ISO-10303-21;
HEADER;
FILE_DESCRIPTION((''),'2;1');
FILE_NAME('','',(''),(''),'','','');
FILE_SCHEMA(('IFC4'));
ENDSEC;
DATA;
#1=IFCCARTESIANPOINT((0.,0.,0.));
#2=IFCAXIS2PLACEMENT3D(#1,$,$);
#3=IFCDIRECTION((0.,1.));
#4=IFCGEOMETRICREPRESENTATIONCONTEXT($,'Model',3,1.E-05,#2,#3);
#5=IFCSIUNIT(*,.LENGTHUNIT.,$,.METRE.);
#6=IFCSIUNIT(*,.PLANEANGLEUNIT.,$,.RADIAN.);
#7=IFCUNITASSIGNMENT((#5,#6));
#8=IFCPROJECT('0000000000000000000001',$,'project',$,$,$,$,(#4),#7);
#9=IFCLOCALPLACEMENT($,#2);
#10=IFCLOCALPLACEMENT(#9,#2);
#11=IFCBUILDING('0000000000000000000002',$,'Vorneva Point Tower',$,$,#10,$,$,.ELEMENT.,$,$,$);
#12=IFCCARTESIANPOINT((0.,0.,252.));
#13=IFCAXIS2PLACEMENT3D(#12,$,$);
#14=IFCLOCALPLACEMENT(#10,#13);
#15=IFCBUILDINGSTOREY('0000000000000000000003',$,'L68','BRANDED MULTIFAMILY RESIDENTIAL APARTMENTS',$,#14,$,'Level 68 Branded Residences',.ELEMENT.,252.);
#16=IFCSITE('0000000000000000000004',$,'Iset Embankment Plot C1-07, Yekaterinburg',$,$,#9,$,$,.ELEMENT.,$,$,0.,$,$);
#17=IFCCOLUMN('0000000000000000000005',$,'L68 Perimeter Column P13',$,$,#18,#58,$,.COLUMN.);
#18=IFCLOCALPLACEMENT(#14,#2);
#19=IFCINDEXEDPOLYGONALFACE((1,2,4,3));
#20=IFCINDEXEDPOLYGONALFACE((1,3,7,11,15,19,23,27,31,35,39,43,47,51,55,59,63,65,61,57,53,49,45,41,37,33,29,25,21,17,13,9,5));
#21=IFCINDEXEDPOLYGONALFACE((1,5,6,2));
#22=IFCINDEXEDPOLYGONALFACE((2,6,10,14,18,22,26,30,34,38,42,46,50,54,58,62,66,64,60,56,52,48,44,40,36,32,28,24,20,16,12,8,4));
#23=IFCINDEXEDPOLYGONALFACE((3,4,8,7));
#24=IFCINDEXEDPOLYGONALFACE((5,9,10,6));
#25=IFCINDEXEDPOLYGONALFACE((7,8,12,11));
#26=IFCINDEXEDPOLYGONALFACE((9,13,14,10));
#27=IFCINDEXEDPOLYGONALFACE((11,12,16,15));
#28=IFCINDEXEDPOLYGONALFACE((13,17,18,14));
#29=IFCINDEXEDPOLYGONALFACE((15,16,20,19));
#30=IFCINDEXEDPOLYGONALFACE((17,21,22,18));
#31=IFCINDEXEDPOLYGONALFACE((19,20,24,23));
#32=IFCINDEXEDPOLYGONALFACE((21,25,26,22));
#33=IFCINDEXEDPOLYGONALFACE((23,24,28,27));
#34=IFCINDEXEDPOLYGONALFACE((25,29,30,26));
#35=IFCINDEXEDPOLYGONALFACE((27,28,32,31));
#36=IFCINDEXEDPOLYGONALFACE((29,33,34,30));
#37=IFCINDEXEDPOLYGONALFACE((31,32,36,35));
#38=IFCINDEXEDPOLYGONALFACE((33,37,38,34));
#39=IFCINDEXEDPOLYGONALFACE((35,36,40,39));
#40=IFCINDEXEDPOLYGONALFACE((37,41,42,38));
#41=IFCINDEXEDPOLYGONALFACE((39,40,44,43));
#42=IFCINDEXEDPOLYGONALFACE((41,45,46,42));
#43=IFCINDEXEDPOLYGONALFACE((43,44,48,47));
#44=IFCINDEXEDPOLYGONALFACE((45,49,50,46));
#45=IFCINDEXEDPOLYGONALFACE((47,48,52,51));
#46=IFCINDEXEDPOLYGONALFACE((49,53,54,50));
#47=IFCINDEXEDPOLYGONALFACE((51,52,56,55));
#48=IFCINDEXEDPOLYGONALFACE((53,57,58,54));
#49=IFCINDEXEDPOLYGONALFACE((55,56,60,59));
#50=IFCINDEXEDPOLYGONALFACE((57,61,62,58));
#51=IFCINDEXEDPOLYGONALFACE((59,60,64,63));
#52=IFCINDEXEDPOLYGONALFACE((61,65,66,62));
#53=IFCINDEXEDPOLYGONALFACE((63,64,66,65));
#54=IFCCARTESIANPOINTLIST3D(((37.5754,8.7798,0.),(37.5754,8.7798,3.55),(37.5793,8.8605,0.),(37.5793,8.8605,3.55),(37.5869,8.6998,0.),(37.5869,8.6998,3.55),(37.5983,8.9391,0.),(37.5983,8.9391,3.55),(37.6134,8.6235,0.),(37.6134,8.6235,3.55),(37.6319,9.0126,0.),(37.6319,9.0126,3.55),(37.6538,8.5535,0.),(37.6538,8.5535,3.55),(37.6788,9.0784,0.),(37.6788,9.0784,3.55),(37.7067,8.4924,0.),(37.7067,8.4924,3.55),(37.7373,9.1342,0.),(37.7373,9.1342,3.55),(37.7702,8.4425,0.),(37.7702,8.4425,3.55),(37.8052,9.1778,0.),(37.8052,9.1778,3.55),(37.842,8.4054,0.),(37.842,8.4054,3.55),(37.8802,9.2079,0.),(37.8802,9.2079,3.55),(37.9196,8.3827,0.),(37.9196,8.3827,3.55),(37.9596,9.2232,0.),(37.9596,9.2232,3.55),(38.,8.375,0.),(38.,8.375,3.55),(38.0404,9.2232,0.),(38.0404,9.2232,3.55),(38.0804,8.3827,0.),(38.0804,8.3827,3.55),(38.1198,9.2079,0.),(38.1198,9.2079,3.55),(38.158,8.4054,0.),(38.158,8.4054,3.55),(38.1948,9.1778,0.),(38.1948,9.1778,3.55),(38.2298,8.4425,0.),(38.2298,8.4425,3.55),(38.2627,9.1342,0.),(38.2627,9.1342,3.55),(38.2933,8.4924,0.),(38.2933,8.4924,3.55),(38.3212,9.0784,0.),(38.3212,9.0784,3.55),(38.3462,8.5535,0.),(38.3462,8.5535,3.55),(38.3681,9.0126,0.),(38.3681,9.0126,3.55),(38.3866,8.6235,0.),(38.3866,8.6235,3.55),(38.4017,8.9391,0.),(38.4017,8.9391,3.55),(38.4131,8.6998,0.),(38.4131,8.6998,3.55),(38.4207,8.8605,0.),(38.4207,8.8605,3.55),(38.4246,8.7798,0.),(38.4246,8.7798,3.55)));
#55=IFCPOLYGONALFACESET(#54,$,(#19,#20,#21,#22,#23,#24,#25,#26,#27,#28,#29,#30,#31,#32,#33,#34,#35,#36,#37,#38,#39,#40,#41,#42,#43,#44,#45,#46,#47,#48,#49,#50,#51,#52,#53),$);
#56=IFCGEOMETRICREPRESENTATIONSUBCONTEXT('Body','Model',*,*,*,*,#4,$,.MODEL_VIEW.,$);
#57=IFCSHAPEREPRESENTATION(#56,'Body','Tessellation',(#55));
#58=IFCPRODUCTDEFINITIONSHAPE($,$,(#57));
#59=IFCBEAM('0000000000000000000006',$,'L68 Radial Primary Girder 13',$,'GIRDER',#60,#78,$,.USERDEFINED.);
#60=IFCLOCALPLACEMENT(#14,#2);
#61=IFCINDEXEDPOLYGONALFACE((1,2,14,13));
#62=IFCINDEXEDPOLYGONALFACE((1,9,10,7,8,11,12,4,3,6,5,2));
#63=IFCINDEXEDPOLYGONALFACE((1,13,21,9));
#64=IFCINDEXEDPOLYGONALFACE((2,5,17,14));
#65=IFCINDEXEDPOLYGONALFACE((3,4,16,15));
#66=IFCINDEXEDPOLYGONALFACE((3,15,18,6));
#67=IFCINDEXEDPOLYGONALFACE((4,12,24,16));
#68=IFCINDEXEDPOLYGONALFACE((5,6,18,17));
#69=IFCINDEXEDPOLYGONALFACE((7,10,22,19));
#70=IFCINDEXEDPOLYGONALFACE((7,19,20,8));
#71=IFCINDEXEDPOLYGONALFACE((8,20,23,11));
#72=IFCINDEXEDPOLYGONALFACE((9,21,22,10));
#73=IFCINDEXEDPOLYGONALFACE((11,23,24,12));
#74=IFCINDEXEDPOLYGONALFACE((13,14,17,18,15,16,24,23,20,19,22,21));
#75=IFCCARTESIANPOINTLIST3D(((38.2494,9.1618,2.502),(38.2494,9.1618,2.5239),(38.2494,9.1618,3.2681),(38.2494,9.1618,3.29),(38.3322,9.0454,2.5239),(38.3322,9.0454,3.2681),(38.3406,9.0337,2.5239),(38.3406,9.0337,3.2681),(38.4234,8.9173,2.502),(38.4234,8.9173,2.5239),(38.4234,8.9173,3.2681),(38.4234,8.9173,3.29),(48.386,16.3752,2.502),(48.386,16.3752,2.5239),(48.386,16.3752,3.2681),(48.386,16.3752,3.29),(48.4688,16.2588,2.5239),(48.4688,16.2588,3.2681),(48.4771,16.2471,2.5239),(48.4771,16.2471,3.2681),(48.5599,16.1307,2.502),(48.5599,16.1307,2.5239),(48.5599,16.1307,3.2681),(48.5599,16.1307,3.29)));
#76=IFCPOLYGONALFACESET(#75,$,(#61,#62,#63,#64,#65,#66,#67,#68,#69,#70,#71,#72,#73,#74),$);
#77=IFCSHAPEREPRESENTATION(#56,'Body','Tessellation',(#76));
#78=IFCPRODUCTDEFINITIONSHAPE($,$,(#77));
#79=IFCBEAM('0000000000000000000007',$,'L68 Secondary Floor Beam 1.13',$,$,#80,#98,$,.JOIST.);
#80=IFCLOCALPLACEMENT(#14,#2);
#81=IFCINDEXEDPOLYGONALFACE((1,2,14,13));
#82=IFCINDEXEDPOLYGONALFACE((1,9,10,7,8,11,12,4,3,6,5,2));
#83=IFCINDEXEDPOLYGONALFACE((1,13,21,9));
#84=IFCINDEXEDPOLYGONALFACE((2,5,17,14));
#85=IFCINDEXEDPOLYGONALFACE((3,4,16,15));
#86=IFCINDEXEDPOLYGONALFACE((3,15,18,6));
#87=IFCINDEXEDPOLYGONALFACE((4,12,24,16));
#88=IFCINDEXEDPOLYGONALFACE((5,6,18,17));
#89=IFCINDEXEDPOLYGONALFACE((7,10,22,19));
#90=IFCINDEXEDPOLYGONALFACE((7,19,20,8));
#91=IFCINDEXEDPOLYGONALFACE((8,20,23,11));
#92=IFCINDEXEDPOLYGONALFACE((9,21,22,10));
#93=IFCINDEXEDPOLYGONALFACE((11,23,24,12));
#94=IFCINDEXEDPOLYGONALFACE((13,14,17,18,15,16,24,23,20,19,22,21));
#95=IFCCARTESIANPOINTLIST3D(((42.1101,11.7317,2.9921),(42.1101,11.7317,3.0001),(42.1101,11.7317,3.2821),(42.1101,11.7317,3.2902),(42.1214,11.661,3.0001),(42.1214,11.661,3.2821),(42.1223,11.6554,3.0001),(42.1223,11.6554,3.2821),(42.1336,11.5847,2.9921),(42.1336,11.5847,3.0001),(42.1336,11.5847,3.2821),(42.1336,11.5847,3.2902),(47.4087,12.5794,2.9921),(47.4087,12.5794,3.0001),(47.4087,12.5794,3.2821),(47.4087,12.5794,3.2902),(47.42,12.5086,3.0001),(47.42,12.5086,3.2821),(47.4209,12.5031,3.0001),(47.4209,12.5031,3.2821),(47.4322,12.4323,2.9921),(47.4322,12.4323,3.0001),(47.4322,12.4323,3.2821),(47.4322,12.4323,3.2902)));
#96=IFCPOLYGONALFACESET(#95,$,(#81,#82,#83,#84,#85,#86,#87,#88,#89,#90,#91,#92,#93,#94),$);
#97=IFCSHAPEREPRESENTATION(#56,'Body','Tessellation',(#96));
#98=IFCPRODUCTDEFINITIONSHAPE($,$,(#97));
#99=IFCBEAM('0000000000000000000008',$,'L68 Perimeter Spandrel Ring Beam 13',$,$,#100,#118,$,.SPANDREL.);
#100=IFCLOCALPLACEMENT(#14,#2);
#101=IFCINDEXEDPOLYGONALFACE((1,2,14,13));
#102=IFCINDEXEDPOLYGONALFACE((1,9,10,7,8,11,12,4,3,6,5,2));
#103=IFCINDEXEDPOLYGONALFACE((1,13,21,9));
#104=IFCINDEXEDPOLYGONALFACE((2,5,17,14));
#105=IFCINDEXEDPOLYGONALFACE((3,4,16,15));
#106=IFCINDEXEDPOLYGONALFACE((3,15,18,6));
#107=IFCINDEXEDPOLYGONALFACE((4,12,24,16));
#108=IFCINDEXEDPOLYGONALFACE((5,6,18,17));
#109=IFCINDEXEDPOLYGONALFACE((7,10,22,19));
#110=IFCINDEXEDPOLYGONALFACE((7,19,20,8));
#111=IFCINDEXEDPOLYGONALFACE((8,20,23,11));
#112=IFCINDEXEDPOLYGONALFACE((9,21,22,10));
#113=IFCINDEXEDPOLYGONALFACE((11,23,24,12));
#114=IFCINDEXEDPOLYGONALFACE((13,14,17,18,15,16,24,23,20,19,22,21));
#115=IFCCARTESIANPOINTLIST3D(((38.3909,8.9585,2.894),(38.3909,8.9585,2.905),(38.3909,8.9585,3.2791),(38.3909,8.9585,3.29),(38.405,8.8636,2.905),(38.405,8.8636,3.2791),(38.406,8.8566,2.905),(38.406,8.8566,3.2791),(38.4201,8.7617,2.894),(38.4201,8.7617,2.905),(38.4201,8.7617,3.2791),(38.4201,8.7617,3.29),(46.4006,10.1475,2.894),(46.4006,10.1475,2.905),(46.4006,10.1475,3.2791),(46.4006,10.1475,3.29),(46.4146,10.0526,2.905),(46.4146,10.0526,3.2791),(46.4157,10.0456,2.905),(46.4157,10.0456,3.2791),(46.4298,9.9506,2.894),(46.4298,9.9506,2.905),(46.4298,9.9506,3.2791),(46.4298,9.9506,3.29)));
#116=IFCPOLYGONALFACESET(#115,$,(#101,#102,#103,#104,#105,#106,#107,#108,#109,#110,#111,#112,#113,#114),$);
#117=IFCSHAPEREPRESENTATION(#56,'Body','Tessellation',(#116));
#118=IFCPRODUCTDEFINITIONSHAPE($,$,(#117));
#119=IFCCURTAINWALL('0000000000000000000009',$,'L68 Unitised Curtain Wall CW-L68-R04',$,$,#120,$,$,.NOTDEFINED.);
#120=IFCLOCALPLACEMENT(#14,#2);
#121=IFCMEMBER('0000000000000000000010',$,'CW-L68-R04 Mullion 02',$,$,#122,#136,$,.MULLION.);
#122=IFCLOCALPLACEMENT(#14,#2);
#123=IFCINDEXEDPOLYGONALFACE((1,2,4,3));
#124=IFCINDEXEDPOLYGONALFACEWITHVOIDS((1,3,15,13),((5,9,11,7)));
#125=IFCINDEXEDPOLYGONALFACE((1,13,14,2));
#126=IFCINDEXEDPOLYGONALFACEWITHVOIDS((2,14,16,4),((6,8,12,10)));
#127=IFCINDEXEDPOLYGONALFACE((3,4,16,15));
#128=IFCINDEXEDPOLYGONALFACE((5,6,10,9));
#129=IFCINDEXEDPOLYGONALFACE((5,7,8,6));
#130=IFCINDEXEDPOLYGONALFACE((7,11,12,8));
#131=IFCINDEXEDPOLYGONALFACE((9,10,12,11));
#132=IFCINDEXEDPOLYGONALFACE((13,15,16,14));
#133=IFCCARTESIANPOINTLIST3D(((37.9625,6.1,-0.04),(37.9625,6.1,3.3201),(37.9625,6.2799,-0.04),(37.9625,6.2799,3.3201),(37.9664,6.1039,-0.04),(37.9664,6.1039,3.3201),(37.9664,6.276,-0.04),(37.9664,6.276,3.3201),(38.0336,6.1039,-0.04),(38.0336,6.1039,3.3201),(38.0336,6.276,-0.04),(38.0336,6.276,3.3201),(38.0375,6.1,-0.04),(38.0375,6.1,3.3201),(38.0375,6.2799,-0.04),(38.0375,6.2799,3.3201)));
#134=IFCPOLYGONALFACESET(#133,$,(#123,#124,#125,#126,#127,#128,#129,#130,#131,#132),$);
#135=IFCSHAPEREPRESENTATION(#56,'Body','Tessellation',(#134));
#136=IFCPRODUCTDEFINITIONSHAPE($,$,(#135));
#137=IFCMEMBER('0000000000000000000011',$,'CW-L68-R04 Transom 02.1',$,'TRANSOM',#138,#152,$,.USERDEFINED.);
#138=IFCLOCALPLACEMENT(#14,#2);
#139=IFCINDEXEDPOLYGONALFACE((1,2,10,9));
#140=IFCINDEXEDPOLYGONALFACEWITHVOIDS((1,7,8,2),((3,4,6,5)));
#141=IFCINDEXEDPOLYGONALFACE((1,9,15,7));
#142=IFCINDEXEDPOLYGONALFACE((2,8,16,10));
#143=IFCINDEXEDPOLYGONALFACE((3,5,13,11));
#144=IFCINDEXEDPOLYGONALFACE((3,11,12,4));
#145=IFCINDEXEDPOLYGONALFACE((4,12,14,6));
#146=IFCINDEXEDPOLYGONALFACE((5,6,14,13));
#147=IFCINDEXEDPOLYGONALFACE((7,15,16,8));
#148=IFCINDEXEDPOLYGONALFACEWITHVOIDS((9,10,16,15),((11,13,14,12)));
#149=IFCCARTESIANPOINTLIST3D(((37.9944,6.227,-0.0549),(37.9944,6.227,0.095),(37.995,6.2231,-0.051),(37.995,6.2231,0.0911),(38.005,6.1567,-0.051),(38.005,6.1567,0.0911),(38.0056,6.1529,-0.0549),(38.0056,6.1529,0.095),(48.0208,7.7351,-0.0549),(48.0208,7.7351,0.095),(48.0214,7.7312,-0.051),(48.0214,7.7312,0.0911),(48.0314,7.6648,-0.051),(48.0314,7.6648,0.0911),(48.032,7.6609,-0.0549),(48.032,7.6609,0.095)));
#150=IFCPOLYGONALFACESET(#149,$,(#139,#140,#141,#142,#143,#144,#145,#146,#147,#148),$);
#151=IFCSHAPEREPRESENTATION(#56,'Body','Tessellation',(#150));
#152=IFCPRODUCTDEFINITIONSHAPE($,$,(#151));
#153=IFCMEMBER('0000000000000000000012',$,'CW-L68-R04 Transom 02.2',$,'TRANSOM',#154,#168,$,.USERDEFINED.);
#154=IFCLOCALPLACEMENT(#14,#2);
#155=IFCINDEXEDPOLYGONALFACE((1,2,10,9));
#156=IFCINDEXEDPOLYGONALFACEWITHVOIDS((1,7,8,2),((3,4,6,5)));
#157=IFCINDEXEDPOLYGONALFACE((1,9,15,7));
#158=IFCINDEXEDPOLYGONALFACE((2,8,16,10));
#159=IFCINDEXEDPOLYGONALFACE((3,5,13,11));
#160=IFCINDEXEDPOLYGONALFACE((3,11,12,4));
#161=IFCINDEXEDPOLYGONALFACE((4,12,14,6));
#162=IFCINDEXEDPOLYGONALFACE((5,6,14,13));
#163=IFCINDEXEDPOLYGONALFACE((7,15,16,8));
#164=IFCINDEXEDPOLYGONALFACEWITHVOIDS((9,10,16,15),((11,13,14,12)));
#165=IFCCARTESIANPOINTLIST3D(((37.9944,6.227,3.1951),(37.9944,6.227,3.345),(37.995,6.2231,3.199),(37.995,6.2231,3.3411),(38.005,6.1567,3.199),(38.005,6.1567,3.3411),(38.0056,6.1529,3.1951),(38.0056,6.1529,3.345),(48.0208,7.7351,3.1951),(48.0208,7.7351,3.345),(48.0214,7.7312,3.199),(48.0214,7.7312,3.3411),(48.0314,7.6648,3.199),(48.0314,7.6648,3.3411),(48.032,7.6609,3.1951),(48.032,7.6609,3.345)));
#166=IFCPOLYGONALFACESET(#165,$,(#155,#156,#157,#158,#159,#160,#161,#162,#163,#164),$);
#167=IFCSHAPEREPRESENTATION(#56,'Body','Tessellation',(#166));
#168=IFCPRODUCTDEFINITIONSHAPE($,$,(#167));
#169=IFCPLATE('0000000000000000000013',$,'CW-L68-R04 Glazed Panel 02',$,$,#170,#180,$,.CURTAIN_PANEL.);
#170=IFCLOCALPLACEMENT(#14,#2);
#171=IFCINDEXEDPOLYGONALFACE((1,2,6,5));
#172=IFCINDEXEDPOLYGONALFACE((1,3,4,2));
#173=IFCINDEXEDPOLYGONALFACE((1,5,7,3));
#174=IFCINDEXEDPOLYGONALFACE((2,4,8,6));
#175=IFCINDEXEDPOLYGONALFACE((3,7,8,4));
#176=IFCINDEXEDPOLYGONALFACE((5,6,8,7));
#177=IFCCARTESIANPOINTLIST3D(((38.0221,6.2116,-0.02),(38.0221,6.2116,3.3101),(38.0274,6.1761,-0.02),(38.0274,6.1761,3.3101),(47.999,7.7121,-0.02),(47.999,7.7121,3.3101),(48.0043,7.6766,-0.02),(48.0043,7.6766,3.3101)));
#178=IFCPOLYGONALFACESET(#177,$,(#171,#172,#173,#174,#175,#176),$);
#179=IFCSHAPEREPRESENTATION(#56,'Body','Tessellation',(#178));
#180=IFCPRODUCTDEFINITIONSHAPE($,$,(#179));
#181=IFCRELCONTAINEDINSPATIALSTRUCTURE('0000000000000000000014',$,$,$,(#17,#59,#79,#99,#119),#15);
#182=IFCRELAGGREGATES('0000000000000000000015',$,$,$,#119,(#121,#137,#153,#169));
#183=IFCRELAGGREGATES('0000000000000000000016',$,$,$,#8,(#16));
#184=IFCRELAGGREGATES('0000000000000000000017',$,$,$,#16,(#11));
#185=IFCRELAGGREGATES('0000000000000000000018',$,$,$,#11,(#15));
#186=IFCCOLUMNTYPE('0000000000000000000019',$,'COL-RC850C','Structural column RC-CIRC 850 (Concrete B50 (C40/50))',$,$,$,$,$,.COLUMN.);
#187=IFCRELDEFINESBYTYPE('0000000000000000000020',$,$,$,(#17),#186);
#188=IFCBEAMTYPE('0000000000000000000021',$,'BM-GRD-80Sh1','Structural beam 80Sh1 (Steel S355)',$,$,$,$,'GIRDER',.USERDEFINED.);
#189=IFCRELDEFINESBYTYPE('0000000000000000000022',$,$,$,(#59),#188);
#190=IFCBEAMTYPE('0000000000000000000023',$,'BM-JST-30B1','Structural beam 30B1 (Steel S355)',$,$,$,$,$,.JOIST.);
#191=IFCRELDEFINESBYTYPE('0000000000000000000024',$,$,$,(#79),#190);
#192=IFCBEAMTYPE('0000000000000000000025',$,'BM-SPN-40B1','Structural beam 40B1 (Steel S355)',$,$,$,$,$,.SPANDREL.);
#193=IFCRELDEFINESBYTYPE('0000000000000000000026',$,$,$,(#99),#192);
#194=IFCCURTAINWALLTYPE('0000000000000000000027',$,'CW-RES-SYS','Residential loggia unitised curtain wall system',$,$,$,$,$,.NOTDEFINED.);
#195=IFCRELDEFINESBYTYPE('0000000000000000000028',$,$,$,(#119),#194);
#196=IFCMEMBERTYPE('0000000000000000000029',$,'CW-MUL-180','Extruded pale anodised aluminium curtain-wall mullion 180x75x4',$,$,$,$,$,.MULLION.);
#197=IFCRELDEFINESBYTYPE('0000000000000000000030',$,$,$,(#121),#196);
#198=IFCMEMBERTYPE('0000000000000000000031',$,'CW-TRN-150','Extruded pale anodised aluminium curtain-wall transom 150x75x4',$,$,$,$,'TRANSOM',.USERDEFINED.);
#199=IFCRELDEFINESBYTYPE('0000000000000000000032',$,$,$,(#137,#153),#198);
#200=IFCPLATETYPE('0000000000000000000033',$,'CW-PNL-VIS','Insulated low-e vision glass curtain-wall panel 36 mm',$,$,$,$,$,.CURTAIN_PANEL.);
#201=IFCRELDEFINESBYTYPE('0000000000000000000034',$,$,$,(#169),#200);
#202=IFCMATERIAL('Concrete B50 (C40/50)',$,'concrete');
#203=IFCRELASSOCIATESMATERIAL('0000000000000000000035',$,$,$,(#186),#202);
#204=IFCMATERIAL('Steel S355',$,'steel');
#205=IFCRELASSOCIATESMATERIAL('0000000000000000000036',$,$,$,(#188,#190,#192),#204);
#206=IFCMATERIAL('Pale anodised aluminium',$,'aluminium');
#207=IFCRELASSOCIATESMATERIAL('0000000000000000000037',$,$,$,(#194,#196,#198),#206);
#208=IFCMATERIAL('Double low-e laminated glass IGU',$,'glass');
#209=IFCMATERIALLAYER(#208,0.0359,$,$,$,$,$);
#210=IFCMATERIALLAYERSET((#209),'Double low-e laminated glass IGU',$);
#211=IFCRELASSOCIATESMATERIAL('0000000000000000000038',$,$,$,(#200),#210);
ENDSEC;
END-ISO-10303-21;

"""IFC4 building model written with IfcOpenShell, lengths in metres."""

from ifc_helpers import new_model, si_unit, direction, frame, origin, origin_2d, place, context, subcontext, project, spatial, rectangle, hollow_rectangle, circle, i_section, extrude, material, layer, layer_set, material_profile, profile_set, type_object, element, aggregate, save


model = new_model("IFC4")

# Units and contexts
model_context = context("Model", 3, precision=1e-05, world=origin(), true_north=direction((0.0, 1.0)))
body_context = subcontext(model_context, "Body", "Model", "MODEL_VIEW")
ifc_project = project(units=[si_unit("LENGTHUNIT", "METRE"), si_unit("PLANEANGLEUNIT", "RADIAN")], contexts=[model_context])

# Site, building, storey
site_placement = place(None, origin())
site = spatial("IfcSite", under=ifc_project, at=site_placement, Name="Iset Embankment Plot C1-07, Yekaterinburg", CompositionType="ELEMENT", RefElevation=0.0)
building_placement = place(site_placement, origin())
building = spatial("IfcBuilding", under=site, at=building_placement, Name="Vorneva Point Tower", CompositionType="ELEMENT")
storey_placement = place(building_placement, frame((0.0, 0.0, 252.0)))
storey = spatial("IfcBuildingStorey", under=building, at=storey_placement, Name="L68", Description="BRANDED MULTIFAMILY RESIDENTIAL APARTMENTS", LongName="Level 68 Branded Residences", CompositionType="ELEMENT", Elevation=252.0)

# Column
ifc_material_1 = material(Name="Concrete B50 (C40/50)", Category="concrete")
ifc_material_profile_1 = material_profile(ifc_material_1, circle(Radius=0.425, at=origin_2d()), Name="RC-CIRC 850")
ifc_profile_set_1 = profile_set([ifc_material_profile_1], Name="Concrete B50 (C40/50)")
column_type = type_object("IfcColumnType", Name="COL-RC850C", Description="Structural column RC-CIRC 850 (Concrete B50 (C40/50))", PredefinedType="COLUMN", material=ifc_profile_set_1)
for number, where, z_axis, x_axis, name in (
    (1, (38.0, 8.8, 0.0), (0.0, 0.0, 1.0), (0.0, -1.0, 0.0), "L68 Perimeter Column P13"),
):
    element("IfcColumn", number, at=place(storey_placement, frame(where, z_axis=z_axis, x_axis=x_axis)), inside=storey, type_object=column_type, Name=name, PredefinedType="COLUMN", context=body_context, shape_type="SweptSolid", body=[
        extrude(circle(Radius=0.425, at=origin_2d()), origin(), (0.0, 0.0, 1.0), 3.55),
    ])

# Beams
ifc_material_2 = material(Name="Steel S355", Category="steel")
ifc_material_profile_2 = material_profile(ifc_material_2, i_section(OverallWidth=0.3, OverallDepth=0.7881, WebThickness=0.0144, FlangeThickness=0.022, at=origin_2d()), Name="80Sh1")
ifc_profile_set_2 = profile_set([ifc_material_profile_2], Name="Steel S355")
beam_type_1 = type_object("IfcBeamType", Name="BM-GRD-80Sh1", Description="Structural beam 80Sh1 (Steel S355)", ElementType="GIRDER", PredefinedType="USERDEFINED", material=ifc_profile_set_2)
beam_1_placement = place(storey_placement, frame((38.3364, 9.0396, 2.896), z_axis=(0.814757, 0.579802, 0.0), x_axis=(-0.579802, 0.814757, 0.0)))
element("IfcBeam", 2, at=beam_1_placement, inside=storey, type_object=beam_type_1, Name="L68 Radial Primary Girder 13", ObjectType="GIRDER", PredefinedType="USERDEFINED", context=body_context, shape_type="SweptSolid", body=[
    extrude(i_section(OverallWidth=0.3, OverallDepth=0.7881, WebThickness=0.0144, FlangeThickness=0.022, at=origin_2d()), origin(), (0.0, 0.0, 1.0), 12.4412),
])
ifc_material_profile_3 = material_profile(ifc_material_2, i_section(OverallWidth=0.1489, OverallDepth=0.2981, WebThickness=0.0056, FlangeThickness=0.0081, at=origin_2d()), Name="30B1")
ifc_profile_set_3 = profile_set([ifc_material_profile_3], Name="Steel S355")
beam_type_2 = type_object("IfcBeamType", Name="BM-JST-30B1", Description="Structural beam 30B1 (Steel S355)", PredefinedType="JOIST", material=ifc_profile_set_3)
beam_2_placement = place(storey_placement, frame((42.1218, 11.6582, 3.1411), z_axis=(0.987444, 0.157969, 0.0), x_axis=(-0.157969, 0.987444, 0.0)))
element("IfcBeam", 3, at=beam_2_placement, inside=storey, type_object=beam_type_2, Name="L68 Secondary Floor Beam 1.13", PredefinedType="JOIST", context=body_context, shape_type="SweptSolid", body=[
    extrude(i_section(OverallWidth=0.1489, OverallDepth=0.2981, WebThickness=0.0056, FlangeThickness=0.0081, at=origin_2d()), origin(), (0.0, 0.0, 1.0), 5.366),
])
ifc_material_profile_4 = material_profile(ifc_material_2, i_section(OverallWidth=0.199, OverallDepth=0.396, WebThickness=0.0071, FlangeThickness=0.011, at=origin_2d()), Name="40B1")
ifc_profile_set_4 = profile_set([ifc_material_profile_4], Name="Steel S355")
beam_type_3 = type_object("IfcBeamType", Name="BM-SPN-40B1", Description="Structural beam 40B1 (Steel S355)", PredefinedType="SPANDREL", material=ifc_profile_set_4)
beam_3_placement = place(storey_placement, frame((38.4055, 8.8601, 3.092), z_axis=(0.989162, 0.146831, 0.0), x_axis=(-0.146831, 0.989162, 0.0)))
element("IfcBeam", 4, at=beam_3_placement, inside=storey, type_object=beam_type_3, Name="L68 Perimeter Spandrel Ring Beam 13", PredefinedType="SPANDREL", context=body_context, shape_type="SweptSolid", body=[
    extrude(i_section(OverallWidth=0.199, OverallDepth=0.396, WebThickness=0.0071, FlangeThickness=0.011, at=origin_2d()), origin(), (0.0, 0.0, 1.0), 8.0974),
])

# Curtain wall, members, plate
ifc_material_3 = material(Name="Pale anodised aluminium", Category="aluminium")
curtain_wall_type = type_object("IfcCurtainWallType", Name="CW-RES-SYS", Description="Residential loggia unitised curtain wall system", PredefinedType="NOTDEFINED", material=ifc_material_3)
curtain_wall_placement = place(storey_placement, origin())
curtain_wall = element("IfcCurtainWall", 5, at=curtain_wall_placement, inside=storey, type_object=curtain_wall_type, Name="L68 Unitised Curtain Wall CW-L68-R04", PredefinedType="NOTDEFINED")
ifc_material_profile_5 = material_profile(ifc_material_3, hollow_rectangle(XDim=0.075, YDim=0.1799, WallThickness=0.0039, at=origin_2d()), Name="AL-MUL 180x75x4")
ifc_profile_set_5 = profile_set([ifc_material_profile_5], Name="Pale anodised aluminium")
member_type_1 = type_object("IfcMemberType", Name="CW-MUL-180", Description="Extruded pale anodised aluminium curtain-wall mullion 180x75x4", PredefinedType="MULLION", material=ifc_profile_set_5)
member_1_placement = place(storey_placement, frame((38.0, 6.1899, -0.04), z_axis=(0.0, 0.0, 1.0), x_axis=(1.0, 0.0, 0.0)))
member_1 = element("IfcMember", 6, at=member_1_placement, type_object=member_type_1, Name="CW-L68-R04 Mullion 02", PredefinedType="MULLION", context=body_context, shape_type="SweptSolid", body=[
    extrude(hollow_rectangle(XDim=0.075, YDim=0.1799, WallThickness=0.0039, at=origin_2d()), origin(), (0.0, 0.0, 1.0), 3.3601),
])
ifc_material_profile_6 = material_profile(ifc_material_3, hollow_rectangle(XDim=0.075, YDim=0.1499, WallThickness=0.0039, at=origin_2d()), Name="AL-TRN 150x75x4")
ifc_profile_set_6 = profile_set([ifc_material_profile_6], Name="Pale anodised aluminium")
member_type_2 = type_object("IfcMemberType", Name="CW-TRN-150", Description="Extruded pale anodised aluminium curtain-wall transom 150x75x4", ElementType="TRANSOM", PredefinedType="USERDEFINED", material=ifc_profile_set_6)
member_2_placement = place(storey_placement, frame((38.0, 6.1899, 0.02), z_axis=(0.988877, 0.148736, 0.0), x_axis=(-0.148736, 0.988877, 0.0)))
member_2 = element("IfcMember", 7, at=member_2_placement, type_object=member_type_2, Name="CW-L68-R04 Transom 02.1", ObjectType="TRANSOM", PredefinedType="USERDEFINED", context=body_context, shape_type="SweptSolid", body=[
    extrude(hollow_rectangle(XDim=0.075, YDim=0.1499, WallThickness=0.0039, at=origin_2d()), origin(), (0.0, 0.0, 1.0), 10.1392),
])
member_3_placement = place(storey_placement, frame((38.0, 6.1899, 3.27), z_axis=(0.988877, 0.148736, 0.0), x_axis=(-0.148736, 0.988877, 0.0)))
member_3 = element("IfcMember", 8, at=member_3_placement, type_object=member_type_2, Name="CW-L68-R04 Transom 02.2", ObjectType="TRANSOM", PredefinedType="USERDEFINED", context=body_context, shape_type="SweptSolid", body=[
    extrude(hollow_rectangle(XDim=0.075, YDim=0.1499, WallThickness=0.0039, at=origin_2d()), origin(), (0.0, 0.0, 1.0), 10.1392),
])
ifc_material_4 = material(Name="Double low-e laminated glass IGU", Category="glass")
ifc_layer_1 = layer(ifc_material_4, 0.0359)
ifc_layer_set_1 = layer_set([ifc_layer_1], Name="Double low-e laminated glass IGU")
plate_type = type_object("IfcPlateType", Name="CW-PNL-VIS", Description="Insulated low-e vision glass curtain-wall panel 36 mm", PredefinedType="CURTAIN_PANEL", material=ifc_layer_set_1)
plate_placement = place(storey_placement, frame((43.0132, 6.9441, -0.02), z_axis=(0.0, 0.0, 1.0), x_axis=(0.988879, 0.148724, 0.0)))
plate = element("IfcPlate", 9, at=plate_placement, type_object=plate_type, Name="CW-L68-R04 Glazed Panel 02", PredefinedType="CURTAIN_PANEL", context=body_context, shape_type="SweptSolid", body=[
    extrude(rectangle(XDim=10.0891, YDim=0.0359, at=origin_2d()), origin(), (0.0, 0.0, 1.0), 3.3301),
])
aggregate(curtain_wall, [member_1, member_2, member_3, plate])

save(model, "model.ifc")
